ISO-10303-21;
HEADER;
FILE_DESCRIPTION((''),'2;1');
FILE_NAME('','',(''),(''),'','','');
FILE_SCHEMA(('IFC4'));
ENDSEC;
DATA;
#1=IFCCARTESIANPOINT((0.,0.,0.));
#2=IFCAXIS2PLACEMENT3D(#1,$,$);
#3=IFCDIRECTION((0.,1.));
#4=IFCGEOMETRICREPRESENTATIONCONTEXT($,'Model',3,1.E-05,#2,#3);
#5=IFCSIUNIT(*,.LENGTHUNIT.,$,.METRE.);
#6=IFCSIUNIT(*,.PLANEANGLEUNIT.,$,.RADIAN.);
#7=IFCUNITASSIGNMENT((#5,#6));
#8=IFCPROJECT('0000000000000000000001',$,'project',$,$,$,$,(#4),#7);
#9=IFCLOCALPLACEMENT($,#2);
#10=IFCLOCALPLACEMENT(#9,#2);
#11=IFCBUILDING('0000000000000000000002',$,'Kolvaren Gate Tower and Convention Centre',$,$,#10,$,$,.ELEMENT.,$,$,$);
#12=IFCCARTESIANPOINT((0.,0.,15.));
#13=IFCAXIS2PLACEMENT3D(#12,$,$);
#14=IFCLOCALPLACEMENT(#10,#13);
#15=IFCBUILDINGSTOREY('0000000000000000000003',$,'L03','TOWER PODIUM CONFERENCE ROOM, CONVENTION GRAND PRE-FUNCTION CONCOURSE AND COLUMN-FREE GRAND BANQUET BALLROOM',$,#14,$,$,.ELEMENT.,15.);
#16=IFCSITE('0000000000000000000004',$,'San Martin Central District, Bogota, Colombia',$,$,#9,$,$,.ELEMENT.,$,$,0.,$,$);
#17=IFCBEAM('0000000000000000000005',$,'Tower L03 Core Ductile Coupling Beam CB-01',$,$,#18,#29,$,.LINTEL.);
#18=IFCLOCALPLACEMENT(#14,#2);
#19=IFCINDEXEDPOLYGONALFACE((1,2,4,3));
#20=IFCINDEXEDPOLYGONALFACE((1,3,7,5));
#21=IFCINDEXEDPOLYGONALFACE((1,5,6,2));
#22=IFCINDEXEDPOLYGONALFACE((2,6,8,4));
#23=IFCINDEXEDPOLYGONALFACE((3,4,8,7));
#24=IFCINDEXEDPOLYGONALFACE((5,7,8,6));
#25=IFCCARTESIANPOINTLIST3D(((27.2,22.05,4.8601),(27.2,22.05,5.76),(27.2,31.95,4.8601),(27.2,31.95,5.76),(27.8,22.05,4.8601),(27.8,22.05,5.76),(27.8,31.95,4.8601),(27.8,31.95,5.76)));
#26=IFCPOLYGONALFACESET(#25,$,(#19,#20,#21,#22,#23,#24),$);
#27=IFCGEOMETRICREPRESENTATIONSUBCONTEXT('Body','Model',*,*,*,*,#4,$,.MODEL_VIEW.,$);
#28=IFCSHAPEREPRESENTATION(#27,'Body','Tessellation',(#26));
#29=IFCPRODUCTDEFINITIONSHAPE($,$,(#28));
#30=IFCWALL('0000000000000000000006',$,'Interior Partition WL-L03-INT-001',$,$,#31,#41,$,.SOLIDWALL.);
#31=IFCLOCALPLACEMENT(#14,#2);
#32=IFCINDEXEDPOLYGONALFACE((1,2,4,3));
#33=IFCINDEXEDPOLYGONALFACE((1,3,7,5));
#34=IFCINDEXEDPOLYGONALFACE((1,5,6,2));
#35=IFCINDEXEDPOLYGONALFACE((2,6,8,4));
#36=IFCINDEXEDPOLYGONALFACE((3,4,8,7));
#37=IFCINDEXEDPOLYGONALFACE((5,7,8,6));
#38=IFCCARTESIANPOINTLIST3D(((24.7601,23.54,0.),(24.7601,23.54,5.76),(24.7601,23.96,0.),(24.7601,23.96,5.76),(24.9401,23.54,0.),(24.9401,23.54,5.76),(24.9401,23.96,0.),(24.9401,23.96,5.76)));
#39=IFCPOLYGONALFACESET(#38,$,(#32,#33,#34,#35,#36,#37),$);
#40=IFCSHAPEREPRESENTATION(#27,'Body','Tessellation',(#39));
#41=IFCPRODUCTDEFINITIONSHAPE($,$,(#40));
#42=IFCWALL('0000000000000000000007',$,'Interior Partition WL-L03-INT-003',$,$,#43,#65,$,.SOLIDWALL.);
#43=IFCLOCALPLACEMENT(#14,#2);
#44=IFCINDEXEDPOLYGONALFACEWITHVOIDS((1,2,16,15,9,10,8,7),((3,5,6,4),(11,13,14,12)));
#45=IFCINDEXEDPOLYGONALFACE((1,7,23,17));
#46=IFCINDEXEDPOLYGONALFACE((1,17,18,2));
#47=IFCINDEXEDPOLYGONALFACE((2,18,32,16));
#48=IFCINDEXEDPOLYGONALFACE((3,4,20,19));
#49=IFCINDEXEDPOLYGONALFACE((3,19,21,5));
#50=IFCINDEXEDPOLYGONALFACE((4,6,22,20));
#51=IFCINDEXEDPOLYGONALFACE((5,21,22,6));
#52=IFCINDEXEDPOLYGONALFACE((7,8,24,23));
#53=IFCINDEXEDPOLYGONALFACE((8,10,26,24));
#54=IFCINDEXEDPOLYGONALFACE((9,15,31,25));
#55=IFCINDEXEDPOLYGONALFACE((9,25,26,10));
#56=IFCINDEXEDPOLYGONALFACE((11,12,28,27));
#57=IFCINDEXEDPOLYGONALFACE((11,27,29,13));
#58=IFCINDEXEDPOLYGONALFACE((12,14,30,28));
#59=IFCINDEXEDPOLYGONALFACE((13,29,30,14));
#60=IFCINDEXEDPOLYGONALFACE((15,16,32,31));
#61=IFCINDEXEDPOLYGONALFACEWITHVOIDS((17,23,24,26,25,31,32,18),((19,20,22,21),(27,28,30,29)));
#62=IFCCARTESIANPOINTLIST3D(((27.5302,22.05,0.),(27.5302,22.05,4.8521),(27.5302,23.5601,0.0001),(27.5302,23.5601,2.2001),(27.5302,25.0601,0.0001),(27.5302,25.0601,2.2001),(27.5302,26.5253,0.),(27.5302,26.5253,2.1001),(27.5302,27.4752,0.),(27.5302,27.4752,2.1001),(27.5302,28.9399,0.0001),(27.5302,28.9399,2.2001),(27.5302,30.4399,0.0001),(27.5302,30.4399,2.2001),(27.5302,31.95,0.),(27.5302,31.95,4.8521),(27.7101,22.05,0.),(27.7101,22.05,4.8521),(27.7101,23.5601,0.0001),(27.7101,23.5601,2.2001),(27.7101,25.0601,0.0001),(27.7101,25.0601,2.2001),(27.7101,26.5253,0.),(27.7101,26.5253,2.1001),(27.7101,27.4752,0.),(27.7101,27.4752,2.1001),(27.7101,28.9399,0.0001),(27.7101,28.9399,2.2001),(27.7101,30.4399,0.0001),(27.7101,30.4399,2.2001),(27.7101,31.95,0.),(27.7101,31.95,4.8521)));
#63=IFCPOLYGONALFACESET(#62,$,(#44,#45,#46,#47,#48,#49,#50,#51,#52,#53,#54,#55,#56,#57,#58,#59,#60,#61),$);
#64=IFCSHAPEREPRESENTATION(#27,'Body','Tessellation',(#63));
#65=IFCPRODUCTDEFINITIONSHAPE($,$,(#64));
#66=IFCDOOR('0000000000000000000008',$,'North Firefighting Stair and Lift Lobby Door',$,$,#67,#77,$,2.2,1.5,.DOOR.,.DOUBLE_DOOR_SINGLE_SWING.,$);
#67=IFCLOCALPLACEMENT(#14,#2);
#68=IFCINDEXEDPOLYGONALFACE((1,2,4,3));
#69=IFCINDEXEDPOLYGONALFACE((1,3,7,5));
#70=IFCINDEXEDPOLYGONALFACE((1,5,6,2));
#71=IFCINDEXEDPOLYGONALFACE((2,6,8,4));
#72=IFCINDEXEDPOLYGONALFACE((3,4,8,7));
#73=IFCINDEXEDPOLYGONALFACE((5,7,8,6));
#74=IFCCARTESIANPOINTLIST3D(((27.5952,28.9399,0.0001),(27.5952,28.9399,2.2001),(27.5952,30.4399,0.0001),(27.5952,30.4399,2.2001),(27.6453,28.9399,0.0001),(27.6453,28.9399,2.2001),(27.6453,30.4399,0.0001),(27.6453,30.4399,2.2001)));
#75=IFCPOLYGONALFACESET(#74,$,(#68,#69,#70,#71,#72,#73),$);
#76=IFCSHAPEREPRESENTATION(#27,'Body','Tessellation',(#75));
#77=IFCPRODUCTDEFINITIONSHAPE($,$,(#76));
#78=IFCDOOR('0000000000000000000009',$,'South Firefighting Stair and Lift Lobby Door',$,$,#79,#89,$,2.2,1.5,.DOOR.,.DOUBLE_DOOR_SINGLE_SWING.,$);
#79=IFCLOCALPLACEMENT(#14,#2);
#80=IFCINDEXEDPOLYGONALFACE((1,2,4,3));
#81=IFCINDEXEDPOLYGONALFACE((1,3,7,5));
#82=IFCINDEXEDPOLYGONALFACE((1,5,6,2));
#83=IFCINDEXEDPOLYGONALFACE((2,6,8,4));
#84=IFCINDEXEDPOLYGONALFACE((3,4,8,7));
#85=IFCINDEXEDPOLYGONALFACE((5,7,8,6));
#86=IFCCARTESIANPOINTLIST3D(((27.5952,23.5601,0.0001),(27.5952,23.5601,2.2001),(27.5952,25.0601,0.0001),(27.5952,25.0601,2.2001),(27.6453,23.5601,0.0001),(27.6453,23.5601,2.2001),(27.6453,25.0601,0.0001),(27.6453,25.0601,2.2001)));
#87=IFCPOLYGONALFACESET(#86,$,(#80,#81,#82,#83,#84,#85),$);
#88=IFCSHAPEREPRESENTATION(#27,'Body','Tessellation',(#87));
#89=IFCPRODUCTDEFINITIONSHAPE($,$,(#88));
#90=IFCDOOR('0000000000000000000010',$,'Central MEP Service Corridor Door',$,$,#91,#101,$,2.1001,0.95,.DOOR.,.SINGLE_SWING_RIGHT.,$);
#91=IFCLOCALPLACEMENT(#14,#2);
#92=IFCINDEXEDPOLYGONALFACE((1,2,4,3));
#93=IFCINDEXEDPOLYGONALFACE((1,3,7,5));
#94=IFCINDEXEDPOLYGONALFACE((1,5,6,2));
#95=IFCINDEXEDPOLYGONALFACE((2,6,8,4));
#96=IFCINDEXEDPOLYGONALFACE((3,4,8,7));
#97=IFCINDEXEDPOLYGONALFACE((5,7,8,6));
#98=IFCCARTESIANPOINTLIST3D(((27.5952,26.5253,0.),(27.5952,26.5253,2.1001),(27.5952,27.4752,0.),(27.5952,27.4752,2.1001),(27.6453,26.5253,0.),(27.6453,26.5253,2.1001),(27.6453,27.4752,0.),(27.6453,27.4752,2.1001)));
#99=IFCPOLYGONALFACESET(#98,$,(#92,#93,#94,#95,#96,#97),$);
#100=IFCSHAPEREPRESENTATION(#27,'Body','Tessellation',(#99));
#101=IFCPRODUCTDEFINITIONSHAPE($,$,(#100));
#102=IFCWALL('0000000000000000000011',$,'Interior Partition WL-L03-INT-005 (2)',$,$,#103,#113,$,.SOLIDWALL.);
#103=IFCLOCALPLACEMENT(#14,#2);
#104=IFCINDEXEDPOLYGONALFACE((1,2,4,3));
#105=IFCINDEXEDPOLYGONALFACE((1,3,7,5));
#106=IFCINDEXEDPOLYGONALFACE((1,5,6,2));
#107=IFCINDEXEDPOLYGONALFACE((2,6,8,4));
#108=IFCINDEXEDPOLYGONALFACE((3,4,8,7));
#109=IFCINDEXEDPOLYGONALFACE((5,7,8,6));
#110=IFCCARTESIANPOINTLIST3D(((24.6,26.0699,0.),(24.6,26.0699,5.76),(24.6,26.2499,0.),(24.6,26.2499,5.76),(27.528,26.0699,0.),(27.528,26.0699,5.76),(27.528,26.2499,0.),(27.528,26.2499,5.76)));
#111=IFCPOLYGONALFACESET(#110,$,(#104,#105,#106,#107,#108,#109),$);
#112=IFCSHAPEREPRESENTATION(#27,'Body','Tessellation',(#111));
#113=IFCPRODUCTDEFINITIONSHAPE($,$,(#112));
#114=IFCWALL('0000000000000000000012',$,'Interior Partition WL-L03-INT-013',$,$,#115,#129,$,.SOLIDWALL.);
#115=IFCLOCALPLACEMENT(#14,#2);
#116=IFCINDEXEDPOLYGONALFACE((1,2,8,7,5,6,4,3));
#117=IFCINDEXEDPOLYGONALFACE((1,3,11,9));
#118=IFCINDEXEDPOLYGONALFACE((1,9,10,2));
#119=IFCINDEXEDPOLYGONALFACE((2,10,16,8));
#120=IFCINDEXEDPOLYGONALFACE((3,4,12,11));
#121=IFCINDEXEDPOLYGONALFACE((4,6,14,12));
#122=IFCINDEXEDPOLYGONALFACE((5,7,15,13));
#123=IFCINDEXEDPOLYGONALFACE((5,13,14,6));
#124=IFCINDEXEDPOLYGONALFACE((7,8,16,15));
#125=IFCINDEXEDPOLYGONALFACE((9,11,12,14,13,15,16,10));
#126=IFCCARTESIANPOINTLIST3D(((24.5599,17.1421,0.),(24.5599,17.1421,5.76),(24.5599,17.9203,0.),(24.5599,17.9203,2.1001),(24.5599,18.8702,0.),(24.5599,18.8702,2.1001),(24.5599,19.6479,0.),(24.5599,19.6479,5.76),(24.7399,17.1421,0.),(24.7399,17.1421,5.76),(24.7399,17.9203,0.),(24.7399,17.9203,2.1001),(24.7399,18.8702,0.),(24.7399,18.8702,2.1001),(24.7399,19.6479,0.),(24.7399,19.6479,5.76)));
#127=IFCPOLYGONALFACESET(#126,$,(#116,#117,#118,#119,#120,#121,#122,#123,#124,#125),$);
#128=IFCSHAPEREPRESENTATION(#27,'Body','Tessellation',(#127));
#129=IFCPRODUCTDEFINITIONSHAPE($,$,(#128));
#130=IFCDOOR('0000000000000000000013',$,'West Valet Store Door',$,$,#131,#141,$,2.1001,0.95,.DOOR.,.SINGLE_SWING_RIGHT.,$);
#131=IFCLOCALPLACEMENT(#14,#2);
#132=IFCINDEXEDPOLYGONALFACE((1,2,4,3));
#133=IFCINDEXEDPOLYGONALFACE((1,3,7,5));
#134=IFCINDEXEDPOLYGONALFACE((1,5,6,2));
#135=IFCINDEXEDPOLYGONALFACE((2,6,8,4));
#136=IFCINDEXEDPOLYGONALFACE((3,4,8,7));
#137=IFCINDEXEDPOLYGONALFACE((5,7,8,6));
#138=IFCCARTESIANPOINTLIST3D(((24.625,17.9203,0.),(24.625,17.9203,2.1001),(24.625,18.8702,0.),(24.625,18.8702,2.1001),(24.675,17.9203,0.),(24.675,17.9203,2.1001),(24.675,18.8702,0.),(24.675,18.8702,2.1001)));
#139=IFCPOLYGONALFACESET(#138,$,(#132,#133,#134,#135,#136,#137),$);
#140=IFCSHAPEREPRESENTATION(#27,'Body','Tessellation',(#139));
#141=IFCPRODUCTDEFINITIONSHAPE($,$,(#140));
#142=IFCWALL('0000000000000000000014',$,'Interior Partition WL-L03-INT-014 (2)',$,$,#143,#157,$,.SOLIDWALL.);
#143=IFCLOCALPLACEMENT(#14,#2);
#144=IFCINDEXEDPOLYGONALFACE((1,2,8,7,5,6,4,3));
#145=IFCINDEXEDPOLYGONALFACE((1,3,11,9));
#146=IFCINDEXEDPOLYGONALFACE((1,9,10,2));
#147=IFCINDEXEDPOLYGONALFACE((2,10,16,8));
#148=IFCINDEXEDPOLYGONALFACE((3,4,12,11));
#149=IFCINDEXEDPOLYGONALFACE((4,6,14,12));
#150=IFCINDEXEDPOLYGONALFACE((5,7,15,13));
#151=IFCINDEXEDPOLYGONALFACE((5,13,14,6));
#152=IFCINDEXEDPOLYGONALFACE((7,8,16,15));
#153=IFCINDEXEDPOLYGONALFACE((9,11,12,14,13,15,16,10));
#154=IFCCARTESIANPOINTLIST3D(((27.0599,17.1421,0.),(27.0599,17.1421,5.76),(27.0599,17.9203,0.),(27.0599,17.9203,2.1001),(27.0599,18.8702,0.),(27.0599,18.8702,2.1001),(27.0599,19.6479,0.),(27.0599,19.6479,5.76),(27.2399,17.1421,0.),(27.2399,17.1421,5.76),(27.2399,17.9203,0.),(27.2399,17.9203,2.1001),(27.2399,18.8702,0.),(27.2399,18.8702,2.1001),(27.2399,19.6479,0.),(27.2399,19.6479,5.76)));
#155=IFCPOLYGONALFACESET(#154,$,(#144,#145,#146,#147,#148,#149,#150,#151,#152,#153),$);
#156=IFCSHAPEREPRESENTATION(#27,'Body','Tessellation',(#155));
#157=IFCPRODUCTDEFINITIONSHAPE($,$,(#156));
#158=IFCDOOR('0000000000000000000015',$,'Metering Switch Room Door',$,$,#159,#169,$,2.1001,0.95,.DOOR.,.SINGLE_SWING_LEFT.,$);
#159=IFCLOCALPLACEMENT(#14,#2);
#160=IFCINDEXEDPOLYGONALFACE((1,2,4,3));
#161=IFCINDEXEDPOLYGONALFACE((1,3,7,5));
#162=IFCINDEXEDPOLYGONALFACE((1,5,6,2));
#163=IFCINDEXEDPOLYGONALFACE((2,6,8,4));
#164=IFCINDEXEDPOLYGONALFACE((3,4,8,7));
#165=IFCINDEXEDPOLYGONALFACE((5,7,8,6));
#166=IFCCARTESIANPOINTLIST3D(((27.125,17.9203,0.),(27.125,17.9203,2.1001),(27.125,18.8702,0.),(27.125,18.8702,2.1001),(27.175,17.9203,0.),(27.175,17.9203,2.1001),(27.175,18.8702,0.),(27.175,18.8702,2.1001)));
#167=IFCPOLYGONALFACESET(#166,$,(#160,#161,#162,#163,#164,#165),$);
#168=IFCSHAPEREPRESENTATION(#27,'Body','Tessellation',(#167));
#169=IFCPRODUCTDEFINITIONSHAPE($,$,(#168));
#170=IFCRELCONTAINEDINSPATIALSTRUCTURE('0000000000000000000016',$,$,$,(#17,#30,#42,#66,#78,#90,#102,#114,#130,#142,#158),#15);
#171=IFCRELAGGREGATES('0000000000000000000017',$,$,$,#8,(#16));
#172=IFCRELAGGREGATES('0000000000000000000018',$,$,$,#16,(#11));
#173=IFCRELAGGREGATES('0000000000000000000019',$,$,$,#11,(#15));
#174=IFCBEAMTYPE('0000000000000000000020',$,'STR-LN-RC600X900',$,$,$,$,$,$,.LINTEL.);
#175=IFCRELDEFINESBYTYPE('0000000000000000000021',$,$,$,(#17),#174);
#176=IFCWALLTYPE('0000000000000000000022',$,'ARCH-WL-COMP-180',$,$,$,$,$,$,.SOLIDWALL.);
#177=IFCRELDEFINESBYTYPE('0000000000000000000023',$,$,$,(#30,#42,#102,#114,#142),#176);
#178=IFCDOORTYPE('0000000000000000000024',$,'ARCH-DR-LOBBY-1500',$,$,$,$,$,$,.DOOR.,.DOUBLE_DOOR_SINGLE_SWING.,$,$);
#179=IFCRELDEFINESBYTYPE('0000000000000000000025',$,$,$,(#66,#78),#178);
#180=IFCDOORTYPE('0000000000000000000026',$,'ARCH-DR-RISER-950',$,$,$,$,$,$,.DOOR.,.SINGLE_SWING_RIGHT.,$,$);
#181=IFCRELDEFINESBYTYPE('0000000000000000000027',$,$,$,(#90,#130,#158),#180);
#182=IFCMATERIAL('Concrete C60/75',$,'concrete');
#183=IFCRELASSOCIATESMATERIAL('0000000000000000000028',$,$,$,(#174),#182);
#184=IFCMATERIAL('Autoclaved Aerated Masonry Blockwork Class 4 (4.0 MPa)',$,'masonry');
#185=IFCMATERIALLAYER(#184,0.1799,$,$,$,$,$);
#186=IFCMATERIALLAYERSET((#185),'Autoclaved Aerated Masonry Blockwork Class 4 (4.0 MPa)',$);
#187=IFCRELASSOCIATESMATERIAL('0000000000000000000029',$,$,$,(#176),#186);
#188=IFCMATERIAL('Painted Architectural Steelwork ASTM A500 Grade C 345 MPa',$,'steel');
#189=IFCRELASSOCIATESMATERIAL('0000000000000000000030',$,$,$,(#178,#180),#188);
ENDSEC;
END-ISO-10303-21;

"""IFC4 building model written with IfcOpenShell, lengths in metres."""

from ifc_helpers import new_model, si_unit, direction, frame, frame_2d, origin, origin_2d, place, context, subcontext, project, spatial, rectangle, extrude, material, layer, layer_set, material_profile, profile_set, type_object, element, fill, save


model = new_model("IFC4")

# Units and contexts
model_context = context("Model", 3, precision=1e-05, world=origin(), true_north=direction((0.0, 1.0)))
body_context = subcontext(model_context, "Body", "Model", "MODEL_VIEW")
ifc_project = project(units=[si_unit("LENGTHUNIT", "METRE"), si_unit("PLANEANGLEUNIT", "RADIAN")], contexts=[model_context])

# Site, building, storey
site_placement = place(None, origin())
site = spatial("IfcSite", under=ifc_project, at=site_placement, Name="San Martin Central District, Bogota, Colombia", CompositionType="ELEMENT", RefElevation=0.0)
building_placement = place(site_placement, origin())
building = spatial("IfcBuilding", under=site, at=building_placement, Name="Kolvaren Gate Tower and Convention Centre", CompositionType="ELEMENT")
storey_placement = place(building_placement, frame((0.0, 0.0, 15.0)))
storey = spatial("IfcBuildingStorey", under=building, at=storey_placement, Name="L03", Description="TOWER PODIUM CONFERENCE ROOM, CONVENTION GRAND PRE-FUNCTION CONCOURSE AND COLUMN-FREE GRAND BANQUET BALLROOM", CompositionType="ELEMENT", Elevation=15.0)

# Beam
ifc_material_1 = material(Name="Concrete C60/75", Category="concrete")
ifc_material_profile = material_profile(ifc_material_1, rectangle(XDim=0.6001, YDim=0.8999, at=origin_2d()), Name="RC-BM-600X900")
ifc_profile_set = profile_set([ifc_material_profile], Name="Concrete C60/75")
beam_type = type_object("IfcBeamType", Name="STR-LN-RC600X900", PredefinedType="LINTEL", material=ifc_profile_set)
beam_placement = place(storey_placement, frame((27.5, 22.05, 5.3101), z_axis=(0.0, 1.0, 0.0), x_axis=(-1.0, 0.0, 0.0)))
element("IfcBeam", 1, at=beam_placement, inside=storey, type_object=beam_type, Name="Tower L03 Core Ductile Coupling Beam CB-01", PredefinedType="LINTEL", context=body_context, shape_type="SweptSolid", body=[
    extrude(rectangle(XDim=0.6001, YDim=0.8999, at=origin_2d()), origin(), (0.0, 0.0, 1.0), 9.8999),
])

# Wall
ifc_material_2 = material(Name="Autoclaved Aerated Masonry Blockwork Class 4 (4.0 MPa)", Category="masonry")
ifc_layer_1 = layer(ifc_material_2, 0.1799)
ifc_layer_set_1 = layer_set([ifc_layer_1], Name="Autoclaved Aerated Masonry Blockwork Class 4 (4.0 MPa)")
wall_type_1 = type_object("IfcWallType", Name="ARCH-WL-COMP-180", PredefinedType="SOLIDWALL", material=ifc_layer_set_1)
wall_1_placement = place(storey_placement, frame((24.8501, 23.54, 0.0), z_axis=(0.0, 0.0, 1.0), x_axis=(0.0, 1.0, 0.0)))
element("IfcWall", 2, at=wall_1_placement, inside=storey, type_object=wall_type_1, Name="Interior Partition WL-L03-INT-001", PredefinedType="SOLIDWALL", context=body_context, shape_type="SweptSolid", body=[
    extrude(rectangle(XDim=0.4199, YDim=0.1799, at=frame_2d((0.21, 0.0))), origin(), (0.0, 0.0, 1.0), 5.76),
])

# Wall, openings, doors
wall_2_placement = place(storey_placement, frame((27.6201, 22.05, 0.0), z_axis=(0.0, 0.0, 1.0), x_axis=(0.0, 1.0, 0.0)))
wall_2 = element("IfcWall", 3, at=wall_2_placement, inside=storey, type_object=wall_type_1, Name="Interior Partition WL-L03-INT-003", PredefinedType="SOLIDWALL", context=body_context, shape_type="SweptSolid", body=[
    extrude(rectangle(XDim=9.8999, YDim=0.1799, at=frame_2d((4.95, 0.0))), origin(), (0.0, 0.0, 1.0), 4.8521),
])
opening_1_placement = place(wall_2_placement, frame((4.4751, 0.0, 0.0)))
opening_1 = element("IfcOpeningElement", 4, at=opening_1_placement, cuts=wall_2, PredefinedType="OPENING", context=body_context, shape_type="SweptSolid", body=[
    extrude(rectangle(XDim=0.95, YDim=2.1001, at=frame_2d((0.4751, 1.05))), frame((0.0, 0.0999, 0.0), z_axis=(0.0, -1.0, 0.0), x_axis=(1.0, 0.0, 0.0)), (0.0, 0.0, 1.0), 0.2),
])
opening_2_placement = place(wall_2_placement, frame((6.8899, 0.0, 0.0)))
opening_2 = element("IfcOpeningElement", 5, at=opening_2_placement, cuts=wall_2, PredefinedType="OPENING", context=body_context, shape_type="SweptSolid", body=[
    extrude(rectangle(XDim=1.5, YDim=2.2, at=frame_2d((0.75, 1.1001))), frame((0.0, 0.0999, 0.0), z_axis=(0.0, -1.0, 0.0), x_axis=(1.0, 0.0, 0.0)), (0.0, 0.0, 1.0), 0.2),
])
opening_3_placement = place(wall_2_placement, frame((1.51, 0.0, 0.0)))
opening_3 = element("IfcOpeningElement", 6, at=opening_3_placement, cuts=wall_2, PredefinedType="OPENING", context=body_context, shape_type="SweptSolid", body=[
    extrude(rectangle(XDim=1.5, YDim=2.2, at=frame_2d((0.75, 1.1001))), frame((0.0, 0.0999, 0.0), z_axis=(0.0, -1.0, 0.0), x_axis=(1.0, 0.0, 0.0)), (0.0, 0.0, 1.0), 0.2),
])
ifc_material_3 = material(Name="Painted Architectural Steelwork ASTM A500 Grade C 345 MPa", Category="steel")
door_type_1 = type_object("IfcDoorType", Name="ARCH-DR-LOBBY-1500", OperationType="DOUBLE_DOOR_SINGLE_SWING", PredefinedType="DOOR", material=ifc_material_3)
door_1_placement = place(opening_2_placement, origin())
door_1 = element("IfcDoor", 7, at=door_1_placement, inside=storey, type_object=door_type_1, Name="North Firefighting Stair and Lift Lobby Door", OperationType="DOUBLE_DOOR_SINGLE_SWING", OverallHeight=2.2, OverallWidth=1.5, PredefinedType="DOOR", context=body_context, shape_type="SweptSolid", body=[
    extrude(rectangle(XDim=1.5, YDim=2.2, at=frame_2d((0.75, 1.1001))), frame((0.0, 0.0249, 0.0), z_axis=(0.0, -1.0, 0.0), x_axis=(1.0, 0.0, 0.0)), (0.0, 0.0, 1.0), 0.05),
])
fill(opening_2, door_1)
door_2_placement = place(opening_3_placement, origin())
door_2 = element("IfcDoor", 8, at=door_2_placement, inside=storey, type_object=door_type_1, Name="South Firefighting Stair and Lift Lobby Door", OperationType="DOUBLE_DOOR_SINGLE_SWING", OverallHeight=2.2, OverallWidth=1.5, PredefinedType="DOOR", context=body_context, shape_type="SweptSolid", body=[
    extrude(rectangle(XDim=1.5, YDim=2.2, at=frame_2d((0.75, 1.1001))), frame((0.0, 0.0249, 0.0), z_axis=(0.0, -1.0, 0.0), x_axis=(1.0, 0.0, 0.0)), (0.0, 0.0, 1.0), 0.05),
])
fill(opening_3, door_2)
door_type_2 = type_object("IfcDoorType", Name="ARCH-DR-RISER-950", OperationType="SINGLE_SWING_RIGHT", PredefinedType="DOOR", material=ifc_material_3)
door_3_placement = place(opening_1_placement, origin())
door_3 = element("IfcDoor", 9, at=door_3_placement, inside=storey, type_object=door_type_2, Name="Central MEP Service Corridor Door", OperationType="SINGLE_SWING_RIGHT", OverallHeight=2.1001, OverallWidth=0.95, PredefinedType="DOOR", context=body_context, shape_type="SweptSolid", body=[
    extrude(rectangle(XDim=0.95, YDim=2.1001, at=frame_2d((0.4751, 1.05))), frame((0.0, 0.0249, 0.0), z_axis=(0.0, -1.0, 0.0), x_axis=(1.0, 0.0, 0.0)), (0.0, 0.0, 1.0), 0.05),
])
fill(opening_1, door_3)

# Wall
wall_3_placement = place(storey_placement, frame((24.6001, 26.1599, 0.0), z_axis=(0.0, 0.0, 1.0), x_axis=(1.0, 0.0, 0.0)))
element("IfcWall", 10, at=wall_3_placement, inside=storey, type_object=wall_type_1, Name="Interior Partition WL-L03-INT-005 (2)", PredefinedType="SOLIDWALL", context=body_context, shape_type="SweptSolid", body=[
    extrude(rectangle(XDim=2.928, YDim=0.1799, at=frame_2d((1.4639, 0.0))), origin(), (0.0, 0.0, 1.0), 5.76),
])

# Walls, openings, doors
wall_4_placement = place(storey_placement, frame((24.6499, 17.1421, 0.0), z_axis=(0.0, 0.0, 1.0), x_axis=(0.0, 1.0, 0.0)))
wall_4 = element("IfcWall", 11, at=wall_4_placement, inside=storey, type_object=wall_type_1, Name="Interior Partition WL-L03-INT-013", PredefinedType="SOLIDWALL", context=body_context, shape_type="SweptSolid", body=[
    extrude(rectangle(XDim=2.5059, YDim=0.1799, at=frame_2d((1.2529, 0.0))), origin(), (0.0, 0.0, 1.0), 5.76),
])
opening_4_placement = place(wall_4_placement, frame((0.7781, 0.0, 0.0)))
opening_4 = element("IfcOpeningElement", 12, at=opening_4_placement, cuts=wall_4, PredefinedType="OPENING", context=body_context, shape_type="SweptSolid", body=[
    extrude(rectangle(XDim=0.95, YDim=2.1001, at=frame_2d((0.4751, 1.05))), frame((0.0, 0.0999, 0.0), z_axis=(0.0, -1.0, 0.0), x_axis=(1.0, 0.0, 0.0)), (0.0, 0.0, 1.0), 0.2),
])
door_4_placement = place(opening_4_placement, origin())
door_4 = element("IfcDoor", 13, at=door_4_placement, inside=storey, type_object=door_type_2, Name="West Valet Store Door", OperationType="SINGLE_SWING_RIGHT", OverallHeight=2.1001, OverallWidth=0.95, PredefinedType="DOOR", context=body_context, shape_type="SweptSolid", body=[
    extrude(rectangle(XDim=0.95, YDim=2.1001, at=frame_2d((0.4751, 1.05))), frame((0.0, 0.0249, 0.0), z_axis=(0.0, -1.0, 0.0), x_axis=(1.0, 0.0, 0.0)), (0.0, 0.0, 1.0), 0.05),
])
fill(opening_4, door_4)
wall_5_placement = place(storey_placement, frame((27.1499, 17.1421, 0.0), z_axis=(0.0, 0.0, 1.0), x_axis=(0.0, 1.0, 0.0)))
wall_5 = element("IfcWall", 14, at=wall_5_placement, inside=storey, type_object=wall_type_1, Name="Interior Partition WL-L03-INT-014 (2)", PredefinedType="SOLIDWALL", context=body_context, shape_type="SweptSolid", body=[
    extrude(rectangle(XDim=2.5059, YDim=0.1799, at=frame_2d((1.2529, 0.0))), origin(), (0.0, 0.0, 1.0), 5.76),
])
opening_5_placement = place(wall_5_placement, frame((0.7781, 0.0, 0.0)))
opening_5 = element("IfcOpeningElement", 15, at=opening_5_placement, cuts=wall_5, PredefinedType="OPENING", context=body_context, shape_type="SweptSolid", body=[
    extrude(rectangle(XDim=0.95, YDim=2.1001, at=frame_2d((0.4751, 1.05))), frame((0.0, 0.0999, 0.0), z_axis=(0.0, -1.0, 0.0), x_axis=(1.0, 0.0, 0.0)), (0.0, 0.0, 1.0), 0.2),
])
door_5_placement = place(opening_5_placement, origin())
door_5 = element("IfcDoor", 16, at=door_5_placement, inside=storey, type_object=door_type_2, Name="Metering Switch Room Door", OperationType="SINGLE_SWING_LEFT", OverallHeight=2.1001, OverallWidth=0.95, PredefinedType="DOOR", context=body_context, shape_type="SweptSolid", body=[
    extrude(rectangle(XDim=0.95, YDim=2.1001, at=frame_2d((0.4751, 1.05))), frame((0.0, 0.0249, 0.0), z_axis=(0.0, -1.0, 0.0), x_axis=(1.0, 0.0, 0.0)), (0.0, 0.0, 1.0), 0.05),
])
fill(opening_5, door_5)

save(model, "model.ifc")
